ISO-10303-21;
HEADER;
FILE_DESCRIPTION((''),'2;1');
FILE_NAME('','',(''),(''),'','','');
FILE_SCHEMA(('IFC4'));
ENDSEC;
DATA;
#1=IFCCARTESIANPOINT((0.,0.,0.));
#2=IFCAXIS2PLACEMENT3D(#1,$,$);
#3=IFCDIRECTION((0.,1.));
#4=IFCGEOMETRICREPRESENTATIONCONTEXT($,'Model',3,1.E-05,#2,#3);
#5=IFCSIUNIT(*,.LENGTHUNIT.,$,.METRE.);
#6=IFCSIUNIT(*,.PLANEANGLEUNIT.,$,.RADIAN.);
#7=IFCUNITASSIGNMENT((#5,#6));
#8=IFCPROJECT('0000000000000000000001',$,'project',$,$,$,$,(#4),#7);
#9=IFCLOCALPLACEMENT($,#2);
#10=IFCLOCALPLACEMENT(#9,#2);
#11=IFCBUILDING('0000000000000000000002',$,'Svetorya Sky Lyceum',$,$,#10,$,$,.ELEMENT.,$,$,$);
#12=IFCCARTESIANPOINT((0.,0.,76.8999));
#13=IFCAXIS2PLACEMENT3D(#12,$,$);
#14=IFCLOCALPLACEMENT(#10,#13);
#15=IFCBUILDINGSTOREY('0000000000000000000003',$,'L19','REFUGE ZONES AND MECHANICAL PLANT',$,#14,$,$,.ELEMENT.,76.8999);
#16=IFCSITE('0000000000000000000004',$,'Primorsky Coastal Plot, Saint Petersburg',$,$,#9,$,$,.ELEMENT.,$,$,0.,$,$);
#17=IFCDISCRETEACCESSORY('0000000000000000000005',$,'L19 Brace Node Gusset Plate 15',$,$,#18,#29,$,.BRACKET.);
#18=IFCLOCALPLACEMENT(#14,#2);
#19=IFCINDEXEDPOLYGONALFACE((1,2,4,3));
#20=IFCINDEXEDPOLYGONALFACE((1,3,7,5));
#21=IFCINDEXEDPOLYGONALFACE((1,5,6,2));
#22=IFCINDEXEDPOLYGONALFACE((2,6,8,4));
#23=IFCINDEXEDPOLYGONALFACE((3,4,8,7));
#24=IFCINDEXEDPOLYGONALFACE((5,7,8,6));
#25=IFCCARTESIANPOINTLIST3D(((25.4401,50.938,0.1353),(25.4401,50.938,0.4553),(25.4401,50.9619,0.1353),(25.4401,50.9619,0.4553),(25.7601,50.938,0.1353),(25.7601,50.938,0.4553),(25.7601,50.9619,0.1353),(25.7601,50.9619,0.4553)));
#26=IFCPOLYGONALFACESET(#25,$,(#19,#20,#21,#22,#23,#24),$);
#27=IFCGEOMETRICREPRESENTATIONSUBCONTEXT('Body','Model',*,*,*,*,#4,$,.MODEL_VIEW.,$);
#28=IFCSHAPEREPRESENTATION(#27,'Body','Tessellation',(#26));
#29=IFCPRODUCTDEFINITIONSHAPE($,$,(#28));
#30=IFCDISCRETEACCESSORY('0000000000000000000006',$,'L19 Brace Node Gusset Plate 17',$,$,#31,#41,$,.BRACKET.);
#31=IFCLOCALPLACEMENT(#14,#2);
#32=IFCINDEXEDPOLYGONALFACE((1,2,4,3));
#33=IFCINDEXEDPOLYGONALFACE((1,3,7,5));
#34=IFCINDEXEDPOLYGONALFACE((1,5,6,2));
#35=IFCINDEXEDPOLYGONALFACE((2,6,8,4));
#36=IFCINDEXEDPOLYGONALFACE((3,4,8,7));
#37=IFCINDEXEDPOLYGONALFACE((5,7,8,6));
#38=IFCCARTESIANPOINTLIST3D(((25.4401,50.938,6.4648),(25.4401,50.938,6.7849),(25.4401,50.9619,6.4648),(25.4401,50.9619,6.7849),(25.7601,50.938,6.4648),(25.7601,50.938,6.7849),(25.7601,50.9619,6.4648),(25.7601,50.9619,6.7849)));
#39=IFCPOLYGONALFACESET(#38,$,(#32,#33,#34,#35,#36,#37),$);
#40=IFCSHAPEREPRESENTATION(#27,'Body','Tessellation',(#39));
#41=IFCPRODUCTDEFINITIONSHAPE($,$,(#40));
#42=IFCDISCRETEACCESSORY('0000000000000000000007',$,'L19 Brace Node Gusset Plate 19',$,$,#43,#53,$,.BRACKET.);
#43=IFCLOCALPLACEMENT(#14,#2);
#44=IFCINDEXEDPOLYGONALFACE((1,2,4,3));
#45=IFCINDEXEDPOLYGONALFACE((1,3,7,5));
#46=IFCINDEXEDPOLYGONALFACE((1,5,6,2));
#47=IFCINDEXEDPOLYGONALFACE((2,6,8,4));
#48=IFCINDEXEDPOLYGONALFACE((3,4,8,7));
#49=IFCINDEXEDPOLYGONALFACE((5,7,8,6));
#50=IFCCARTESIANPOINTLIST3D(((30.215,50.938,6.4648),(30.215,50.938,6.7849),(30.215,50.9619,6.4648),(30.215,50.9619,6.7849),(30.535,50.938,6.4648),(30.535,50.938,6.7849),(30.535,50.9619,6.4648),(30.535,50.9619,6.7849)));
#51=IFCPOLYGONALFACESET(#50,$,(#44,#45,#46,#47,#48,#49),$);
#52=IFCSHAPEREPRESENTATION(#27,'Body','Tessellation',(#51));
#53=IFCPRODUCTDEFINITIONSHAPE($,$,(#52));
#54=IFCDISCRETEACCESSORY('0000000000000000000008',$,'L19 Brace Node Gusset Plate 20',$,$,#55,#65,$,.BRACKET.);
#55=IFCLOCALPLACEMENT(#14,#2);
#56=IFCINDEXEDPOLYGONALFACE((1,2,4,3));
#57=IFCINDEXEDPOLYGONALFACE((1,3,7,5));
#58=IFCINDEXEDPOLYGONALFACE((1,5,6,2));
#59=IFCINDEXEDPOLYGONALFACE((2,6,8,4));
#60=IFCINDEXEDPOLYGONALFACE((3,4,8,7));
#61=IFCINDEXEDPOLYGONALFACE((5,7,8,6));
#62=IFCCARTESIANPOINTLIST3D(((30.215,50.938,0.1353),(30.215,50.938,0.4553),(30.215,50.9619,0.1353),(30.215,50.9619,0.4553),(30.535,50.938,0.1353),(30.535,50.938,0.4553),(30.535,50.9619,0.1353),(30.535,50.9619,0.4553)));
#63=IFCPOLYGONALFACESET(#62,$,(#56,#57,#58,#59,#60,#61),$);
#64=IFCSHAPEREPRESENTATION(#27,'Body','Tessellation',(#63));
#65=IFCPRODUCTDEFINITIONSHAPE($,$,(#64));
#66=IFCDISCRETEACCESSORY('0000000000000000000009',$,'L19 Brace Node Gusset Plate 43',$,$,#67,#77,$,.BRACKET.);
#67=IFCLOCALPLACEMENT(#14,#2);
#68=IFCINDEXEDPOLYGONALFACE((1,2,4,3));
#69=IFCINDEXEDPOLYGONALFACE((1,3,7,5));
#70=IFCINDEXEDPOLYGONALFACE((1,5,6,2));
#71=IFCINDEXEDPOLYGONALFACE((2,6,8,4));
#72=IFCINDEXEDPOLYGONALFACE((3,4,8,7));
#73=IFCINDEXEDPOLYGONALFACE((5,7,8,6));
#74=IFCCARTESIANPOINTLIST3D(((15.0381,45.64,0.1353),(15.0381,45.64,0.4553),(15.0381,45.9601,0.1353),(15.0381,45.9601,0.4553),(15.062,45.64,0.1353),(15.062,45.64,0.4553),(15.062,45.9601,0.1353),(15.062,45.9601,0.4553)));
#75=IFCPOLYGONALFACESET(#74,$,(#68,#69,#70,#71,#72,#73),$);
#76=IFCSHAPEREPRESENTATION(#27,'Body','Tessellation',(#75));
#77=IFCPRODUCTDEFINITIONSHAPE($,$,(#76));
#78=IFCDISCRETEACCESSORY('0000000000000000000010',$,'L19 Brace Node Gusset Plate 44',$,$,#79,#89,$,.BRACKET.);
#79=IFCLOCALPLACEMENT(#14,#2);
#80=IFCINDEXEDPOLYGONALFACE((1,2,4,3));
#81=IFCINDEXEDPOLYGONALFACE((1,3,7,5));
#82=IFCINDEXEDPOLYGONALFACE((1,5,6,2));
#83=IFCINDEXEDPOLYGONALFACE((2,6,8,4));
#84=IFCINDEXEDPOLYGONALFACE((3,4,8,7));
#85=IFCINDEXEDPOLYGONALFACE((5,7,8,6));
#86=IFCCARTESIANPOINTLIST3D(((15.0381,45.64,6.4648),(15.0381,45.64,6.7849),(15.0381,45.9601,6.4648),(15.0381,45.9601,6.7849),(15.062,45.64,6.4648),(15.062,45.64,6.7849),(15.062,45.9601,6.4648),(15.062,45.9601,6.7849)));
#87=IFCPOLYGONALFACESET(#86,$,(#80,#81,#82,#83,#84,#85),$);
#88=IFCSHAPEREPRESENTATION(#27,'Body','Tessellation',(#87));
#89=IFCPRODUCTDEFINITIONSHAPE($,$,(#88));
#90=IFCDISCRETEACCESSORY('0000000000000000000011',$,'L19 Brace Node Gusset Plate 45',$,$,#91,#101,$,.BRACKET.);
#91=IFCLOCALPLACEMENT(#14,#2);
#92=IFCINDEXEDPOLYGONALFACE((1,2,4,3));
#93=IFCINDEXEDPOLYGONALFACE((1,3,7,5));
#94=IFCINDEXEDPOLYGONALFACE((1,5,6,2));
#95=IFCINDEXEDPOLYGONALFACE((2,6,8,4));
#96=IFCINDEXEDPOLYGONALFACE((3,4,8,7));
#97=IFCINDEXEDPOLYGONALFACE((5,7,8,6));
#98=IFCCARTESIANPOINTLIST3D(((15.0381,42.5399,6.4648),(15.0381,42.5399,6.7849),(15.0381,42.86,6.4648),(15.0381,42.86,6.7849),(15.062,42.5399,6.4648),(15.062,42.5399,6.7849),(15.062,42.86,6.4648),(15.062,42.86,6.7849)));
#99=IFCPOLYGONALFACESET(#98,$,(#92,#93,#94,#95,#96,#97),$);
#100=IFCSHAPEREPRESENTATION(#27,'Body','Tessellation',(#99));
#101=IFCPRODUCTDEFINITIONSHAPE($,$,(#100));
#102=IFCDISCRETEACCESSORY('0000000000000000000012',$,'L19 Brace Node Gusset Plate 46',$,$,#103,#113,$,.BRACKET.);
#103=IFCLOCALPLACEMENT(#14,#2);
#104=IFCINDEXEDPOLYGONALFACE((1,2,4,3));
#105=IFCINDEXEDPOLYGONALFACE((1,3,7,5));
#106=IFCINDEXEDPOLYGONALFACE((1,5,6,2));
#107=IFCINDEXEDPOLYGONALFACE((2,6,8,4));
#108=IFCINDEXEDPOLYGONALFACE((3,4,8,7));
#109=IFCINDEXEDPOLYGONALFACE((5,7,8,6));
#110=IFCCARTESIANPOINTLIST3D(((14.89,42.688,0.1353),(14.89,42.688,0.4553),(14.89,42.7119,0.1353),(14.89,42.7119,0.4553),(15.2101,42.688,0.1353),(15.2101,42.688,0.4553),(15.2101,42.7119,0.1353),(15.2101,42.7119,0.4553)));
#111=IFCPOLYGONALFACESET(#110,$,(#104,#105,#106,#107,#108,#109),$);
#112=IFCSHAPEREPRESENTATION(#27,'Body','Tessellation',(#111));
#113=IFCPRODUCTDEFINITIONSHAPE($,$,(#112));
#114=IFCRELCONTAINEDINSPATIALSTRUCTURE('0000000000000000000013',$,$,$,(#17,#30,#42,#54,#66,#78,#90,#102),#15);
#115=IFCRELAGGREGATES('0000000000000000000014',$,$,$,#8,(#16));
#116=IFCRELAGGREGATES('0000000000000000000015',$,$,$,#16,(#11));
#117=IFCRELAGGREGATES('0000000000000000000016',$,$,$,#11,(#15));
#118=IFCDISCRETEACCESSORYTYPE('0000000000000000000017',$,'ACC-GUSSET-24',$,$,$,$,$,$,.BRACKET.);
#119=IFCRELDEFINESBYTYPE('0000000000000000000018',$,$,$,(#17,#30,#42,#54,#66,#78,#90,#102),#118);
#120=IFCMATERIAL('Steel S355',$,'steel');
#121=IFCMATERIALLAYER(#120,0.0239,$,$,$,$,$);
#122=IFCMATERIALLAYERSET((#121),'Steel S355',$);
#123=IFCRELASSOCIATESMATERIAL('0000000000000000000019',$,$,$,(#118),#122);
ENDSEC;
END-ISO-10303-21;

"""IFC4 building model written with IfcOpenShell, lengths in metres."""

from ifc_helpers import new_model, si_unit, direction, frame, origin, origin_2d, place, context, subcontext, project, spatial, rectangle, extrude, material, layer, layer_set, type_object, element, save


model = new_model("IFC4")

# Units and contexts
model_context = context("Model", 3, precision=1e-05, world=origin(), true_north=direction((0.0, 1.0)))
body_context = subcontext(model_context, "Body", "Model", "MODEL_VIEW")
ifc_project = project(units=[si_unit("LENGTHUNIT", "METRE"), si_unit("PLANEANGLEUNIT", "RADIAN")], contexts=[model_context])

# Site, building, storey
site_placement = place(None, origin())
site = spatial("IfcSite", under=ifc_project, at=site_placement, Name="Primorsky Coastal Plot, Saint Petersburg", CompositionType="ELEMENT", RefElevation=0.0)
building_placement = place(site_placement, origin())
building = spatial("IfcBuilding", under=site, at=building_placement, Name="Svetorya Sky Lyceum", CompositionType="ELEMENT")
storey_placement = place(building_placement, frame((0.0, 0.0, 76.8999)))
storey = spatial("IfcBuildingStorey", under=building, at=storey_placement, Name="L19", Description="REFUGE ZONES AND MECHANICAL PLANT", CompositionType="ELEMENT", Elevation=76.8999)

# Shared definitions
ifc_material_1 = material(Name="Steel S355", Category="steel")

# Discrete accessories
ifc_layer_1 = layer(ifc_material_1, 0.0239)
ifc_layer_set_1 = layer_set([ifc_layer_1], Name="Steel S355")
discrete_accessory_type = type_object("IfcDiscreteAccessoryType", Name="ACC-GUSSET-24", PredefinedType="BRACKET", material=ifc_layer_set_1)
for number, where, z_axis, x_axis, name in (
    (1, (25.6001, 50.95, 0.1353), (0.0, 0.0, 1.0), (1.0, 0.0, 0.0), "L19 Brace Node Gusset Plate 15"),
    (2, (25.6001, 50.95, 6.4648), (0.0, 0.0, 1.0), (1.0, 0.0, 0.0), "L19 Brace Node Gusset Plate 17"),
    (3, (30.375, 50.95, 6.4648), (0.0, 0.0, 1.0), (1.0, 0.0, 0.0), "L19 Brace Node Gusset Plate 19"),
    (4, (30.375, 50.95, 0.1353), (0.0, 0.0, 1.0), (1.0, 0.0, 0.0), "L19 Brace Node Gusset Plate 20"),
):
    element("IfcDiscreteAccessory", number, at=place(storey_placement, frame(where, z_axis=z_axis, x_axis=x_axis)), inside=storey, type_object=discrete_accessory_type, Name=name, PredefinedType="BRACKET", context=body_context, shape_type="SweptSolid", body=[
        extrude(rectangle(XDim=0.3201, YDim=0.0239, at=origin_2d()), origin(), (0.0, 0.0, 1.0), 0.3201),
    ])
for number, where, z_axis, x_axis, name in (
    (5, (15.05, 45.8, 0.1353), (0.0, 0.0, 1.0), (1.0, 0.0, 0.0), "L19 Brace Node Gusset Plate 43"),
    (6, (15.05, 45.8, 6.4648), (0.0, 0.0, 1.0), (1.0, 0.0, 0.0), "L19 Brace Node Gusset Plate 44"),
    (7, (15.05, 42.7, 6.4648), (0.0, 0.0, 1.0), (1.0, 0.0, 0.0), "L19 Brace Node Gusset Plate 45"),
):
    element("IfcDiscreteAccessory", number, at=place(storey_placement, frame(where, z_axis=z_axis, x_axis=x_axis)), inside=storey, type_object=discrete_accessory_type, Name=name, PredefinedType="BRACKET", context=body_context, shape_type="SweptSolid", body=[
        extrude(rectangle(XDim=0.0239, YDim=0.3201, at=origin_2d()), origin(), (0.0, 0.0, 1.0), 0.3201),
    ])
discrete_accessory_placement = place(storey_placement, frame((15.05, 42.7, 0.1353), z_axis=(0.0, 0.0, 1.0), x_axis=(1.0, 0.0, 0.0)))
element("IfcDiscreteAccessory", 8, at=discrete_accessory_placement, inside=storey, type_object=discrete_accessory_type, Name="L19 Brace Node Gusset Plate 46", PredefinedType="BRACKET", context=body_context, shape_type="SweptSolid", body=[
    extrude(rectangle(XDim=0.3201, YDim=0.0239, at=origin_2d()), origin(), (0.0, 0.0, 1.0), 0.3201),
])

save(model, "model.ifc")
